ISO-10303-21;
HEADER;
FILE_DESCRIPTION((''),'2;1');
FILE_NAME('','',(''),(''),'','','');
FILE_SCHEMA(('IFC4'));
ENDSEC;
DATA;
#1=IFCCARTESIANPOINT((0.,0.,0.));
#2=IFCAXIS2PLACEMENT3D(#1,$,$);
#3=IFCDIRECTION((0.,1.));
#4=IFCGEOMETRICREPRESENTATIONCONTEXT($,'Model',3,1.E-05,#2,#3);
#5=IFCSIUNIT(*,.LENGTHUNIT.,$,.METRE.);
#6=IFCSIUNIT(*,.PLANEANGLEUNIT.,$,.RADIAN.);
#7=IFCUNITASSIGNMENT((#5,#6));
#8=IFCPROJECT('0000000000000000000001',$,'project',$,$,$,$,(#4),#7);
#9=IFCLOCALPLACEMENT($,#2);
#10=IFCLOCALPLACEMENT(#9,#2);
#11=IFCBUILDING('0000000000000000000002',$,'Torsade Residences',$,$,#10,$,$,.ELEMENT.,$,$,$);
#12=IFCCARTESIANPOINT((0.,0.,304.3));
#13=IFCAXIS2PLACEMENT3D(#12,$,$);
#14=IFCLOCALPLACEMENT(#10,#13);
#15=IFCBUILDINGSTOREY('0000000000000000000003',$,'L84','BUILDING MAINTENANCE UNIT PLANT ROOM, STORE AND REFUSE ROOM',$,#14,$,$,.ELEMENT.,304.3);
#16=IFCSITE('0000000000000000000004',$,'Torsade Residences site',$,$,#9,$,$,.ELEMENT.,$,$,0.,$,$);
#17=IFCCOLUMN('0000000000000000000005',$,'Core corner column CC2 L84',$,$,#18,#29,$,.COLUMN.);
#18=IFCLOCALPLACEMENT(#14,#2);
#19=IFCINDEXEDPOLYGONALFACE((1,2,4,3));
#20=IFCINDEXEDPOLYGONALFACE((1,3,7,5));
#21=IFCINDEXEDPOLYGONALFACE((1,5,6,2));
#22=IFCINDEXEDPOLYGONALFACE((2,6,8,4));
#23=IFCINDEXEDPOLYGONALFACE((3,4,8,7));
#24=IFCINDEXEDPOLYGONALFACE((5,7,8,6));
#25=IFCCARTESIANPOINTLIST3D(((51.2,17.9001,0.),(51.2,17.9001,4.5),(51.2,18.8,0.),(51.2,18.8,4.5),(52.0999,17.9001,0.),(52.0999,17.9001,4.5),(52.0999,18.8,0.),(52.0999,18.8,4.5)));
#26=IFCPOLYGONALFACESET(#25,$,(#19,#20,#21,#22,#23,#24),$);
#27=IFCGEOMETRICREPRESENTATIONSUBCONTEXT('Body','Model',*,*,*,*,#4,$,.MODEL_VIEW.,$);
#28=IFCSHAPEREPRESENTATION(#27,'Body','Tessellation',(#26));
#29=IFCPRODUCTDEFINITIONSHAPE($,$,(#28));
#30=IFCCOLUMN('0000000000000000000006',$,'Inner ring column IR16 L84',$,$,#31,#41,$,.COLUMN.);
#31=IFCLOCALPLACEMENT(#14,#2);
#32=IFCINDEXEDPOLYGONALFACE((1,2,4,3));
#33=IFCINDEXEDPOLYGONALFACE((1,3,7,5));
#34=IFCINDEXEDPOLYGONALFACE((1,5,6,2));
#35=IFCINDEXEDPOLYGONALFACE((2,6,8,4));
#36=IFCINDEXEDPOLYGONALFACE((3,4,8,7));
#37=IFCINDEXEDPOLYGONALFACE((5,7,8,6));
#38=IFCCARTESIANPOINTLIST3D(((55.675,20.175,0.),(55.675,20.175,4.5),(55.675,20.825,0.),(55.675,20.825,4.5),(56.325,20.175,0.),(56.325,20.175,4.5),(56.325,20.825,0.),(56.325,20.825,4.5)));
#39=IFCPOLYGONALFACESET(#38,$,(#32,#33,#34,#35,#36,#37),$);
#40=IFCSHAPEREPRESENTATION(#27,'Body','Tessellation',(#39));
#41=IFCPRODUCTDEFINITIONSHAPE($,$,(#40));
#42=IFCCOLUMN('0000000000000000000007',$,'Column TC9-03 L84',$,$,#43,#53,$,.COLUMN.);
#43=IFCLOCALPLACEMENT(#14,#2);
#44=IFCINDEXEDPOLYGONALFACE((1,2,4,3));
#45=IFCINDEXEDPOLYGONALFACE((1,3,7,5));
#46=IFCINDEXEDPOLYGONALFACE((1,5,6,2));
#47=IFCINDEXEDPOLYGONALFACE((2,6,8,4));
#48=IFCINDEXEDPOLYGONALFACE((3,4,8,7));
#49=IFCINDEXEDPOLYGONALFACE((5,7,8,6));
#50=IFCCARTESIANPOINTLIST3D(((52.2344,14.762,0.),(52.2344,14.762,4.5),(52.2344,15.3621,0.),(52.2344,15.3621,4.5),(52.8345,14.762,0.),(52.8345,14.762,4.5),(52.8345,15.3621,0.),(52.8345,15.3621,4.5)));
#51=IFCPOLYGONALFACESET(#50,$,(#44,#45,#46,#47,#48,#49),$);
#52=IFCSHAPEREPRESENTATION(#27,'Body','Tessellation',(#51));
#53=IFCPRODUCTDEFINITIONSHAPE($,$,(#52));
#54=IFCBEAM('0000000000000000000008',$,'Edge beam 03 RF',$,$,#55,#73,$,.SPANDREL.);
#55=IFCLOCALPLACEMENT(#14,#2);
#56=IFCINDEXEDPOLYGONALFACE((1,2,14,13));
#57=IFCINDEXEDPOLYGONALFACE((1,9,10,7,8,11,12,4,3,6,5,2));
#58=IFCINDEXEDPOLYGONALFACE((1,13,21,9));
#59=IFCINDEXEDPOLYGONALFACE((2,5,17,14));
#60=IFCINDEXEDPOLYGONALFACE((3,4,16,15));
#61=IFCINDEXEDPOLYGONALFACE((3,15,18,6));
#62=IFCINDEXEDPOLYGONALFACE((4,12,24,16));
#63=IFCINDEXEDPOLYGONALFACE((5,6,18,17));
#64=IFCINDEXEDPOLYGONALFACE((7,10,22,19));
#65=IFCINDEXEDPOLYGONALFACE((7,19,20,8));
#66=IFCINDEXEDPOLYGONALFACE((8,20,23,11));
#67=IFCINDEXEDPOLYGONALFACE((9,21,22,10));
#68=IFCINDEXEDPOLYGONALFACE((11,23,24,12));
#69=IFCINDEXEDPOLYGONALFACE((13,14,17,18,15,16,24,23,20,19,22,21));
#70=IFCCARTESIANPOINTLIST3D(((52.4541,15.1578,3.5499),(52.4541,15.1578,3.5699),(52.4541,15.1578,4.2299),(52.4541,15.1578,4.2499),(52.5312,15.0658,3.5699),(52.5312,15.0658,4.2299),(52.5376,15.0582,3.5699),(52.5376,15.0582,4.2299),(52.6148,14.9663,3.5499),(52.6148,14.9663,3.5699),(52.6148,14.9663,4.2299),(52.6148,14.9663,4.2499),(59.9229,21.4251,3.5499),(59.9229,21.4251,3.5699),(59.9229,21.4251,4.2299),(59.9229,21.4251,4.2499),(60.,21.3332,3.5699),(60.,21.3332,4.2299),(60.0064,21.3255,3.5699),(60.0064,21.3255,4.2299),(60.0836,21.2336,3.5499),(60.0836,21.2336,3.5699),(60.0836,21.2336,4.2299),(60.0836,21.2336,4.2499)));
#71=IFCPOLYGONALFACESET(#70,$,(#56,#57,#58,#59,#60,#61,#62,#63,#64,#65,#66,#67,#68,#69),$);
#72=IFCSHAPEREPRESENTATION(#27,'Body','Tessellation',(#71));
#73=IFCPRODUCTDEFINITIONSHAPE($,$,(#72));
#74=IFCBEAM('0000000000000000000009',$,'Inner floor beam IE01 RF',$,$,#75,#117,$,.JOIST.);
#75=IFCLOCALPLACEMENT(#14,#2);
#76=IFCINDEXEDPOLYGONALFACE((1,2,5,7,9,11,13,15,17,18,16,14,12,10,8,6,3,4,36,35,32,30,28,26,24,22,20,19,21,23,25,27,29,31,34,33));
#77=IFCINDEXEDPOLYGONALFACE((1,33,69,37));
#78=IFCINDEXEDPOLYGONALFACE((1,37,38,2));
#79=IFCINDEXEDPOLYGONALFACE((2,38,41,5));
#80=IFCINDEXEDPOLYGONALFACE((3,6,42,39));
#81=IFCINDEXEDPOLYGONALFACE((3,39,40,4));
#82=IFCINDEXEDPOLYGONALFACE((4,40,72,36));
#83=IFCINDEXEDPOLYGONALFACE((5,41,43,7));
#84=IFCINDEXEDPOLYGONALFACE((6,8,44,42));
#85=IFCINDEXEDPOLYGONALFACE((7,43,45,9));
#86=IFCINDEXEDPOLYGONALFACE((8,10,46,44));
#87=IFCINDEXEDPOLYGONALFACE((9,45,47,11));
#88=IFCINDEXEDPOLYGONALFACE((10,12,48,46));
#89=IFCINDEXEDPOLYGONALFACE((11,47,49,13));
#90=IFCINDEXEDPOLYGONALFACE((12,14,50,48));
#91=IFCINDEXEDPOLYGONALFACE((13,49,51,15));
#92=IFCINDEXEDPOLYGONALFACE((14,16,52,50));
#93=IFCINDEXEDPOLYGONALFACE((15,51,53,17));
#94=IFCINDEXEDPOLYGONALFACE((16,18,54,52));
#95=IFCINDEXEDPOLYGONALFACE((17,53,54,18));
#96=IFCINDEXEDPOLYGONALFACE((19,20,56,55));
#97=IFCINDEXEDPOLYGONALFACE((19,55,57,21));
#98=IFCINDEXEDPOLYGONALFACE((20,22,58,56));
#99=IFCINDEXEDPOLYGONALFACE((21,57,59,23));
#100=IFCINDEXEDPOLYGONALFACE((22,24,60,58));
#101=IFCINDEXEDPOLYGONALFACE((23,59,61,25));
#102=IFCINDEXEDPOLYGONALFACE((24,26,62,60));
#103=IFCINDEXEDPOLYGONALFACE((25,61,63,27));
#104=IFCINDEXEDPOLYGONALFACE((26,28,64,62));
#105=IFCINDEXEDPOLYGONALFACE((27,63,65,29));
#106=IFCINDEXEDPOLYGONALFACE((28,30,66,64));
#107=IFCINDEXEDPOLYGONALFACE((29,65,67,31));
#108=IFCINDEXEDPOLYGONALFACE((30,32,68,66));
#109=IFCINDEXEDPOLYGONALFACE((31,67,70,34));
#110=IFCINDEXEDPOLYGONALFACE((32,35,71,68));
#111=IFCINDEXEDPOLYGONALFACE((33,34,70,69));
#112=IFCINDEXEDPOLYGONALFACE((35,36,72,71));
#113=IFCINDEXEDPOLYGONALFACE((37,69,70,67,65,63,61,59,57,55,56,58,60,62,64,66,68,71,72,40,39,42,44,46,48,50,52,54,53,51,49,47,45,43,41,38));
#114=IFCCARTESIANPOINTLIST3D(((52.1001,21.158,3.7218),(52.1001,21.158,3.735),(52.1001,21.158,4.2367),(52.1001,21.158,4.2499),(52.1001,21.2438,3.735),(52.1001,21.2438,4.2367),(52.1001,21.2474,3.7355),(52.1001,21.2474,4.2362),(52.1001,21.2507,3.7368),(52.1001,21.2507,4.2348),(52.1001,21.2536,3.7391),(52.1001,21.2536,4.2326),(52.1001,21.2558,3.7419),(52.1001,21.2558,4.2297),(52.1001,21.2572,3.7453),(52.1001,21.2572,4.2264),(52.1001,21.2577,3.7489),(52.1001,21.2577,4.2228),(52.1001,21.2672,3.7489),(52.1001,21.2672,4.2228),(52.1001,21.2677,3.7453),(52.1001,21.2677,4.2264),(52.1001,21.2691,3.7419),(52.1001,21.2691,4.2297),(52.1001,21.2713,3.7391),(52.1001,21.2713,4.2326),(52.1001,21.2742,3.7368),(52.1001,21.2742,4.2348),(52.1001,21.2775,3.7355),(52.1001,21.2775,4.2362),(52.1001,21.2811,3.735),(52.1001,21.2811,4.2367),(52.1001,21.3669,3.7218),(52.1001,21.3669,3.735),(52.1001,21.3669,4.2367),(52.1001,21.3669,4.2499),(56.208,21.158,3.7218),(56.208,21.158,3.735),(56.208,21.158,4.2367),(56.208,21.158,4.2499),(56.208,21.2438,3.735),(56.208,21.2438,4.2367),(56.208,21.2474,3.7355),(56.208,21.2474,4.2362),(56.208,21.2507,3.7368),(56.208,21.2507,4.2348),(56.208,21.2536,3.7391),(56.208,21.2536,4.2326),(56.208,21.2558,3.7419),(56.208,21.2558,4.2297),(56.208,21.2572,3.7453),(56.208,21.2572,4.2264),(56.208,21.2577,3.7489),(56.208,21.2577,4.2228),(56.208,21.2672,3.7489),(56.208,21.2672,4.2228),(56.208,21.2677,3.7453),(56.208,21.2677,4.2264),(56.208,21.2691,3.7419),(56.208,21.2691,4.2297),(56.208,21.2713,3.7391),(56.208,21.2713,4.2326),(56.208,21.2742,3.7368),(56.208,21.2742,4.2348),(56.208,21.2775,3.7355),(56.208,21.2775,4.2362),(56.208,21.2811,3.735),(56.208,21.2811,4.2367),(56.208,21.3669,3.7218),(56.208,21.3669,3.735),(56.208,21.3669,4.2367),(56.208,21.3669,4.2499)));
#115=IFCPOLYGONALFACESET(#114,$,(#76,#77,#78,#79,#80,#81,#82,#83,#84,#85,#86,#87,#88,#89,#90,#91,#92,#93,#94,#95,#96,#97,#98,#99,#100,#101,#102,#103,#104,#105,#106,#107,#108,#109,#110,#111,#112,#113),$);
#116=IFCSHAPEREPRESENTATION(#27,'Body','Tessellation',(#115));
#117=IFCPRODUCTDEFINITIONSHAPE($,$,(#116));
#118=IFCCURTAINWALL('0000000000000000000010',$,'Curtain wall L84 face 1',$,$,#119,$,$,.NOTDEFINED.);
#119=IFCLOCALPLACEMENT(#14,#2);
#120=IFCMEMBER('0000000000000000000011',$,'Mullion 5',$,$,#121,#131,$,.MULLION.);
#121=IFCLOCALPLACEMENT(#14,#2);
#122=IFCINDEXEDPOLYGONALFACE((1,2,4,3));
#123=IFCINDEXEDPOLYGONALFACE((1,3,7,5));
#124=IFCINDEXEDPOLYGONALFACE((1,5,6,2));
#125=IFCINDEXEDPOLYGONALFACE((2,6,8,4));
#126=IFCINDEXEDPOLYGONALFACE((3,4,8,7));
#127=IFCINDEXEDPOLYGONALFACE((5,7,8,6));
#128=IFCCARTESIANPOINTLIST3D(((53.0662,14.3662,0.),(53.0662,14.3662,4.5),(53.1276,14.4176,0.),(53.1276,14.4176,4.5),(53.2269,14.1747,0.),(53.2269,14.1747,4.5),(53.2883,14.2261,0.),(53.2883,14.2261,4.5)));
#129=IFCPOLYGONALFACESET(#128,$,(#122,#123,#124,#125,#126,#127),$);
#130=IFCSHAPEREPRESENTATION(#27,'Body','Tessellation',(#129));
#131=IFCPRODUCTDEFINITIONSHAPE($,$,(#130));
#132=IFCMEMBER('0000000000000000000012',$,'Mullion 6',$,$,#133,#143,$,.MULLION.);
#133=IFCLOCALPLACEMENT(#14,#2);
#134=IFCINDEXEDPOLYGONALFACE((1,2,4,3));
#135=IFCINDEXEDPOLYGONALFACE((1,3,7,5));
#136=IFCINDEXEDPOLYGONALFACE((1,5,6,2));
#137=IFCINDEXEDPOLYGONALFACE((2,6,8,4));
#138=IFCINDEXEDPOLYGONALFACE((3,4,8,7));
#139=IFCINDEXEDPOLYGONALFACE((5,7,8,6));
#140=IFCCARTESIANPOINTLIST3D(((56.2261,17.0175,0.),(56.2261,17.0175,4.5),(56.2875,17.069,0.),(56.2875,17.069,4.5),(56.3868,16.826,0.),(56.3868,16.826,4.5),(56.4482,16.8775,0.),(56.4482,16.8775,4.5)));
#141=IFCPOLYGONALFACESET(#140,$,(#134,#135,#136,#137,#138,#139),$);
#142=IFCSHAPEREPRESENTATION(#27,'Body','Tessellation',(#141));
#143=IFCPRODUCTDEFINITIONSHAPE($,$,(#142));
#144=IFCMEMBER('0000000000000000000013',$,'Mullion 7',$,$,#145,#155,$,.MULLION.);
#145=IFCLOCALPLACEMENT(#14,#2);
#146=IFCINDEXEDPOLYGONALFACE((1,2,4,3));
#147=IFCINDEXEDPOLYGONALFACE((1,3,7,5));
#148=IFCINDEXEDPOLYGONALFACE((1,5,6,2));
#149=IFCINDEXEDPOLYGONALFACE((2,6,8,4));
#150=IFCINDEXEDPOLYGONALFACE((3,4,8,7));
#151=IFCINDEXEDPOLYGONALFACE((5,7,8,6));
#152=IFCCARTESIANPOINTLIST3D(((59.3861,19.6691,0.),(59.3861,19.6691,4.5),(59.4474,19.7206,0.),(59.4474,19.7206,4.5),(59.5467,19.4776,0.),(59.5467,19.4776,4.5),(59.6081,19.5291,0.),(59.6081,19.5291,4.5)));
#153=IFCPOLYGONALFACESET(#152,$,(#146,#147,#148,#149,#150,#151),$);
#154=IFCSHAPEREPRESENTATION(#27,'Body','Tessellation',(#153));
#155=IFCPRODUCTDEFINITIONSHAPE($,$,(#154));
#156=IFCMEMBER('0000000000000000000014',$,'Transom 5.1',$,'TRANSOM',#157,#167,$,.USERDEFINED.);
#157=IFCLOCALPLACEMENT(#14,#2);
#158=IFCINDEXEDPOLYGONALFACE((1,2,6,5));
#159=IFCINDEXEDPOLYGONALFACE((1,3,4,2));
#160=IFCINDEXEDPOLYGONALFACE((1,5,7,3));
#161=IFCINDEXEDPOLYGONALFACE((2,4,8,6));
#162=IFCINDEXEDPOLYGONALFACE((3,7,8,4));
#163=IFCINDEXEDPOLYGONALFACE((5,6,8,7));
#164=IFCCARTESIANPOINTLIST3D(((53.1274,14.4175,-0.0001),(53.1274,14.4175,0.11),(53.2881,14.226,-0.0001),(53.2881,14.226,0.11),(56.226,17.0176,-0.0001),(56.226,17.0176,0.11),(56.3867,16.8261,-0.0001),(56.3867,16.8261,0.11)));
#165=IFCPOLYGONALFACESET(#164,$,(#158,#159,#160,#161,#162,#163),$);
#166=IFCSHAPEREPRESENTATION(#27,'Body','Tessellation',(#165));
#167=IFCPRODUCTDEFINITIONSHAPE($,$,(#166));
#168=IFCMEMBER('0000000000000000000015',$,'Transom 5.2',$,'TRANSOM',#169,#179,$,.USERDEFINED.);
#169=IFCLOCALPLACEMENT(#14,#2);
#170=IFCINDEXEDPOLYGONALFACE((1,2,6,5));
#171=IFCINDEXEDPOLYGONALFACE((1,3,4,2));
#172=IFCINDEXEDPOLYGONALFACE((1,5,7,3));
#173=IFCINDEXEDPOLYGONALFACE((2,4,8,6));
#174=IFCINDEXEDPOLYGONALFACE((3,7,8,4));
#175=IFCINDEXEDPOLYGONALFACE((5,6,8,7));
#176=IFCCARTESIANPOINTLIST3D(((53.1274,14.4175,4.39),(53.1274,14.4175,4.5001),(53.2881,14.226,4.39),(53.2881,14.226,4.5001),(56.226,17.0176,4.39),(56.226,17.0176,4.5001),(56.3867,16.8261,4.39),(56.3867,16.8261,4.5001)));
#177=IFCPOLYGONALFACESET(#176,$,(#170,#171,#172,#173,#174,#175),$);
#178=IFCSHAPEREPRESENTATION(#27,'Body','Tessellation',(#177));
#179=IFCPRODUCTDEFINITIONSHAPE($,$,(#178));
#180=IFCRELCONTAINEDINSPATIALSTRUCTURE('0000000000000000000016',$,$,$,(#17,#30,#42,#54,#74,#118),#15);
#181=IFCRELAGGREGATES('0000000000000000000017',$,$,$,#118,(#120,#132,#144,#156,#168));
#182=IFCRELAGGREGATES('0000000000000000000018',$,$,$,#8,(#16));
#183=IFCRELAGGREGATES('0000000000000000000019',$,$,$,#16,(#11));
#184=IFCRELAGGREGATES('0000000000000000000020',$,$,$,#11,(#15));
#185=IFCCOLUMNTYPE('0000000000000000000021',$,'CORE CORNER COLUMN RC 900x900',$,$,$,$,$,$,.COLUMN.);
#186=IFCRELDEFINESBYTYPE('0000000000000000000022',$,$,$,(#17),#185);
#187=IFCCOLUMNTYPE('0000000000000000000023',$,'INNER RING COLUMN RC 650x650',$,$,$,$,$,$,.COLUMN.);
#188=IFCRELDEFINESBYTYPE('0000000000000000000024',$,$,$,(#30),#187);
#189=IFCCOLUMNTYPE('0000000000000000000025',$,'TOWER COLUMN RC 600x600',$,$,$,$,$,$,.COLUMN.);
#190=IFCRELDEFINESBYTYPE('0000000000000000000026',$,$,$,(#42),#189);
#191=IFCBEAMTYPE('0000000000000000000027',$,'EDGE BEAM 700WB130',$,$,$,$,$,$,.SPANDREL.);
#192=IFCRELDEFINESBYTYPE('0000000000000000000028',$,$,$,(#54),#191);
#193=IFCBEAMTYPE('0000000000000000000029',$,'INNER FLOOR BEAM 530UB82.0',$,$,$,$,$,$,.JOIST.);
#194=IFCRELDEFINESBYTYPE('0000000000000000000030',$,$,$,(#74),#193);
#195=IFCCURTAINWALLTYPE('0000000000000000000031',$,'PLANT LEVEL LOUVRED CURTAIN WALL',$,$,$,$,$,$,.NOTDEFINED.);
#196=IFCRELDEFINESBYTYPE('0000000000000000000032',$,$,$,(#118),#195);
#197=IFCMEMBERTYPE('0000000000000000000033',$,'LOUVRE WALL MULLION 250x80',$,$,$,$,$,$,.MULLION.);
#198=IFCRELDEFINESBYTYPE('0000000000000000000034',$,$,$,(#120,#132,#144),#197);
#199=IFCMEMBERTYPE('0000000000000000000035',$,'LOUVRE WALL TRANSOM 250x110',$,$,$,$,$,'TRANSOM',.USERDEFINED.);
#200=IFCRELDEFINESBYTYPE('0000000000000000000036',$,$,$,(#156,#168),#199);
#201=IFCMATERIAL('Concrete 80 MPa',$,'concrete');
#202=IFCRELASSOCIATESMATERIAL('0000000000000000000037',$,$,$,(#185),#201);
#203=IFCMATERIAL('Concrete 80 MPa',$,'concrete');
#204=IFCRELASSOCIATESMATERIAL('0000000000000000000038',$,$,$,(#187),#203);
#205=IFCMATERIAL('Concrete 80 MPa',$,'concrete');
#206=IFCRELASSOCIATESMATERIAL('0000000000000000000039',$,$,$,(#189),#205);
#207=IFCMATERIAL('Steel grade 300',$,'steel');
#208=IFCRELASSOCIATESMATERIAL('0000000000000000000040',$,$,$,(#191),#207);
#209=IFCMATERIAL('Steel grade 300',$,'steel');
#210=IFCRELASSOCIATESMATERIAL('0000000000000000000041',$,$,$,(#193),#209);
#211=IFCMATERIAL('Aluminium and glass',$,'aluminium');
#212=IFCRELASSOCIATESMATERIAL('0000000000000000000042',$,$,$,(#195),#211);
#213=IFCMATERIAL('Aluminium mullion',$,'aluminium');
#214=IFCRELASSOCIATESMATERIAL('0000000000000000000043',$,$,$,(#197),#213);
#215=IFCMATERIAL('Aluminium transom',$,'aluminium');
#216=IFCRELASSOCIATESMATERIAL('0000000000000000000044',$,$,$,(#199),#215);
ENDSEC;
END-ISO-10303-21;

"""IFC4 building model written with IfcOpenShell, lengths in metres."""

from ifc_helpers import new_model, si_unit, direction, frame, origin, origin_2d, place, context, subcontext, project, spatial, rectangle, i_section, extrude, material, material_profile, profile_set, type_object, element, aggregate, save


model = new_model("IFC4")

# Units and contexts
model_context = context("Model", 3, precision=1e-05, world=origin(), true_north=direction((0.0, 1.0)))
body_context = subcontext(model_context, "Body", "Model", "MODEL_VIEW")
ifc_project = project(units=[si_unit("LENGTHUNIT", "METRE"), si_unit("PLANEANGLEUNIT", "RADIAN")], contexts=[model_context])

# Site, building, storey
site_placement = place(None, origin())
site = spatial("IfcSite", under=ifc_project, at=site_placement, Name="Torsade Residences site", CompositionType="ELEMENT", RefElevation=0.0)
building_placement = place(site_placement, origin())
building = spatial("IfcBuilding", under=site, at=building_placement, Name="Torsade Residences", CompositionType="ELEMENT")
storey_placement = place(building_placement, frame((0.0, 0.0, 304.3)))
storey = spatial("IfcBuildingStorey", under=building, at=storey_placement, Name="L84", Description="BUILDING MAINTENANCE UNIT PLANT ROOM, STORE AND REFUSE ROOM", CompositionType="ELEMENT", Elevation=304.3)

# Columns
ifc_material_1 = material(Name="Concrete 80 MPa", Category="concrete")
ifc_material_profile_1 = material_profile(ifc_material_1, rectangle(XDim=0.8999, YDim=0.8999, at=origin_2d()), Name="RC 900x900")
ifc_profile_set_1 = profile_set([ifc_material_profile_1], Name="Concrete 80 MPa")
column_type_1 = type_object("IfcColumnType", Name="CORE CORNER COLUMN RC 900x900", PredefinedType="COLUMN", material=ifc_profile_set_1)
column_1_placement = place(storey_placement, frame((51.6499, 18.3501, 0.0), z_axis=(0.0, 0.0, 1.0), x_axis=(1.0, 0.0, 0.0)))
element("IfcColumn", 1, at=column_1_placement, inside=storey, type_object=column_type_1, Name="Core corner column CC2 L84", PredefinedType="COLUMN", context=body_context, shape_type="SweptSolid", body=[
    extrude(rectangle(XDim=0.8999, YDim=0.8999, at=origin_2d()), origin(), (0.0, 0.0, 1.0), 4.5),
])
ifc_material_2 = material(Name="Concrete 80 MPa", Category="concrete")
ifc_material_profile_2 = material_profile(ifc_material_2, rectangle(XDim=0.6499, YDim=0.6499, at=origin_2d()), Name="RC 650x650")
ifc_profile_set_2 = profile_set([ifc_material_profile_2], Name="Concrete 80 MPa")
column_type_2 = type_object("IfcColumnType", Name="INNER RING COLUMN RC 650x650", PredefinedType="COLUMN", material=ifc_profile_set_2)
column_2_placement = place(storey_placement, frame((56.0, 20.5, 0.0), z_axis=(0.0, 0.0, 1.0), x_axis=(1.0, 0.0, 0.0)))
element("IfcColumn", 2, at=column_2_placement, inside=storey, type_object=column_type_2, Name="Inner ring column IR16 L84", PredefinedType="COLUMN", context=body_context, shape_type="SweptSolid", body=[
    extrude(rectangle(XDim=0.6499, YDim=0.6499, at=origin_2d()), origin(), (0.0, 0.0, 1.0), 4.5),
])
ifc_material_3 = material(Name="Concrete 80 MPa", Category="concrete")
ifc_material_profile_3 = material_profile(ifc_material_3, rectangle(XDim=0.6001, YDim=0.6001, at=origin_2d()), Name="RC 600x600")
ifc_profile_set_3 = profile_set([ifc_material_profile_3], Name="Concrete 80 MPa")
column_type_3 = type_object("IfcColumnType", Name="TOWER COLUMN RC 600x600", PredefinedType="COLUMN", material=ifc_profile_set_3)
column_3_placement = place(storey_placement, frame((52.5344, 15.062, 0.0), z_axis=(0.0, 0.0, 1.0), x_axis=(1.0, 0.0, 0.0)))
element("IfcColumn", 3, at=column_3_placement, inside=storey, type_object=column_type_3, Name="Column TC9-03 L84", PredefinedType="COLUMN", context=body_context, shape_type="SweptSolid", body=[
    extrude(rectangle(XDim=0.6001, YDim=0.6001, at=origin_2d()), origin(), (0.0, 0.0, 1.0), 4.5),
])

# Beams
ifc_material_4 = material(Name="Steel grade 300", Category="steel")
ifc_material_profile_4 = material_profile(ifc_material_4, i_section(OverallWidth=0.25, OverallDepth=0.7, WebThickness=0.01, FlangeThickness=0.02, at=origin_2d()), Name="700WB130")
ifc_profile_set_4 = profile_set([ifc_material_profile_4], Name="Steel grade 300")
beam_type_1 = type_object("IfcBeamType", Name="EDGE BEAM 700WB130", PredefinedType="SPANDREL", material=ifc_profile_set_4)
beam_1_placement = place(storey_placement, frame((52.5344, 15.062, 3.8999), z_axis=(0.766029, 0.642806, 0.0), x_axis=(-0.642806, 0.766029, 0.0)))
element("IfcBeam", 4, at=beam_1_placement, inside=storey, type_object=beam_type_1, Name="Edge beam 03 RF", PredefinedType="SPANDREL", context=body_context, shape_type="SweptSolid", body=[
    extrude(i_section(OverallWidth=0.25, OverallDepth=0.7, WebThickness=0.01, FlangeThickness=0.02, at=origin_2d()), origin(), (0.0, 0.0, 1.0), 9.75),
])
ifc_material_5 = material(Name="Steel grade 300", Category="steel")
ifc_material_profile_5 = material_profile(ifc_material_5, i_section(OverallWidth=0.209, OverallDepth=0.5281, WebThickness=0.0095, FlangeThickness=0.0132, FilletRadius=0.0139, at=origin_2d()), Name="530UB82.0")
ifc_profile_set_5 = profile_set([ifc_material_profile_5], Name="Steel grade 300")
beam_type_2 = type_object("IfcBeamType", Name="INNER FLOOR BEAM 530UB82.0", PredefinedType="JOIST", material=ifc_profile_set_5)
beam_2_placement = place(storey_placement, frame((52.1001, 21.2625, 3.9858), z_axis=(1.0, 0.0, 0.0), x_axis=(0.0, 1.0, 0.0)))
element("IfcBeam", 5, at=beam_2_placement, inside=storey, type_object=beam_type_2, Name="Inner floor beam IE01 RF", PredefinedType="JOIST", context=body_context, shape_type="SweptSolid", body=[
    extrude(i_section(OverallWidth=0.209, OverallDepth=0.5281, WebThickness=0.0095, FlangeThickness=0.0132, FilletRadius=0.0139, at=origin_2d()), origin(), (0.0, 0.0, 1.0), 4.1079),
])

# Curtain wall, members
ifc_material_6 = material(Name="Aluminium and glass", Category="aluminium")
curtain_wall_type = type_object("IfcCurtainWallType", Name="PLANT LEVEL LOUVRED CURTAIN WALL", PredefinedType="NOTDEFINED", material=ifc_material_6)
curtain_wall_placement = place(storey_placement, origin())
curtain_wall = element("IfcCurtainWall", 6, at=curtain_wall_placement, inside=storey, type_object=curtain_wall_type, Name="Curtain wall L84 face 1", PredefinedType="NOTDEFINED")
ifc_material_7 = material(Name="Aluminium mullion", Category="aluminium")
ifc_material_profile_6 = material_profile(ifc_material_7, rectangle(XDim=0.25, YDim=0.0801, at=origin_2d()), Name="LOUVRE WALL MULLION 250x80")
ifc_profile_set_6 = profile_set([ifc_material_profile_6], Name="Aluminium mullion")
member_type_1 = type_object("IfcMemberType", Name="LOUVRE WALL MULLION 250x80", PredefinedType="MULLION", material=ifc_profile_set_6)
member_1_placement = place(storey_placement, frame((53.1772, 14.2961, 0.0), z_axis=(0.0, 0.0, 1.0), x_axis=(-0.642788, 0.766044, 0.0)))
member_1 = element("IfcMember", 7, at=member_1_placement, type_object=member_type_1, Name="Mullion 5", PredefinedType="MULLION", context=body_context, shape_type="SweptSolid", body=[
    extrude(rectangle(XDim=0.25, YDim=0.0801, at=origin_2d()), origin(), (0.0, 0.0, 1.0), 4.5),
])
member_2_placement = place(storey_placement, frame((56.3372, 16.9475, 0.0), z_axis=(0.0, 0.0, 1.0), x_axis=(-0.642788, 0.766044, 0.0)))
member_2 = element("IfcMember", 8, at=member_2_placement, type_object=member_type_1, Name="Mullion 6", PredefinedType="MULLION", context=body_context, shape_type="SweptSolid", body=[
    extrude(rectangle(XDim=0.25, YDim=0.0801, at=origin_2d()), origin(), (0.0, 0.0, 1.0), 4.5),
])
member_3_placement = place(storey_placement, frame((59.4971, 19.5991, 0.0), z_axis=(0.0, 0.0, 1.0), x_axis=(-0.642788, 0.766044, 0.0)))
member_3 = element("IfcMember", 9, at=member_3_placement, type_object=member_type_1, Name="Mullion 7", PredefinedType="MULLION", context=body_context, shape_type="SweptSolid", body=[
    extrude(rectangle(XDim=0.25, YDim=0.0801, at=origin_2d()), origin(), (0.0, 0.0, 1.0), 4.5),
])
ifc_material_8 = material(Name="Aluminium transom", Category="aluminium")
ifc_material_profile_7 = material_profile(ifc_material_8, rectangle(XDim=0.25, YDim=0.1101, at=origin_2d()), Name="LOUVRE WALL TRANSOM 250x110")
ifc_profile_set_7 = profile_set([ifc_material_profile_7], Name="Aluminium transom")
member_type_2 = type_object("IfcMemberType", Name="LOUVRE WALL TRANSOM 250x110", ElementType="TRANSOM", PredefinedType="USERDEFINED", material=ifc_profile_set_7)
member_4_placement = place(storey_placement, frame((53.2078, 14.3218, 0.0549), z_axis=(0.76604, 0.642793, 0.0), x_axis=(-0.642793, 0.76604, 0.0)))
member_4 = element("IfcMember", 10, at=member_4_placement, type_object=member_type_2, Name="Transom 5.1", ObjectType="TRANSOM", PredefinedType="USERDEFINED", context=body_context, shape_type="SweptSolid", body=[
    extrude(rectangle(XDim=0.25, YDim=0.1101, at=origin_2d()), origin(), (0.0, 0.0, 1.0), 4.0449),
])
member_5_placement = place(storey_placement, frame((53.2078, 14.3218, 4.4451), z_axis=(0.76604, 0.642793, 0.0), x_axis=(-0.642793, 0.76604, 0.0)))
member_5 = element("IfcMember", 11, at=member_5_placement, type_object=member_type_2, Name="Transom 5.2", ObjectType="TRANSOM", PredefinedType="USERDEFINED", context=body_context, shape_type="SweptSolid", body=[
    extrude(rectangle(XDim=0.25, YDim=0.1101, at=origin_2d()), origin(), (0.0, 0.0, 1.0), 4.0449),
])

aggregate(curtain_wall, [member_1, member_2, member_3, member_4, member_5])

save(model, "model.ifc")
